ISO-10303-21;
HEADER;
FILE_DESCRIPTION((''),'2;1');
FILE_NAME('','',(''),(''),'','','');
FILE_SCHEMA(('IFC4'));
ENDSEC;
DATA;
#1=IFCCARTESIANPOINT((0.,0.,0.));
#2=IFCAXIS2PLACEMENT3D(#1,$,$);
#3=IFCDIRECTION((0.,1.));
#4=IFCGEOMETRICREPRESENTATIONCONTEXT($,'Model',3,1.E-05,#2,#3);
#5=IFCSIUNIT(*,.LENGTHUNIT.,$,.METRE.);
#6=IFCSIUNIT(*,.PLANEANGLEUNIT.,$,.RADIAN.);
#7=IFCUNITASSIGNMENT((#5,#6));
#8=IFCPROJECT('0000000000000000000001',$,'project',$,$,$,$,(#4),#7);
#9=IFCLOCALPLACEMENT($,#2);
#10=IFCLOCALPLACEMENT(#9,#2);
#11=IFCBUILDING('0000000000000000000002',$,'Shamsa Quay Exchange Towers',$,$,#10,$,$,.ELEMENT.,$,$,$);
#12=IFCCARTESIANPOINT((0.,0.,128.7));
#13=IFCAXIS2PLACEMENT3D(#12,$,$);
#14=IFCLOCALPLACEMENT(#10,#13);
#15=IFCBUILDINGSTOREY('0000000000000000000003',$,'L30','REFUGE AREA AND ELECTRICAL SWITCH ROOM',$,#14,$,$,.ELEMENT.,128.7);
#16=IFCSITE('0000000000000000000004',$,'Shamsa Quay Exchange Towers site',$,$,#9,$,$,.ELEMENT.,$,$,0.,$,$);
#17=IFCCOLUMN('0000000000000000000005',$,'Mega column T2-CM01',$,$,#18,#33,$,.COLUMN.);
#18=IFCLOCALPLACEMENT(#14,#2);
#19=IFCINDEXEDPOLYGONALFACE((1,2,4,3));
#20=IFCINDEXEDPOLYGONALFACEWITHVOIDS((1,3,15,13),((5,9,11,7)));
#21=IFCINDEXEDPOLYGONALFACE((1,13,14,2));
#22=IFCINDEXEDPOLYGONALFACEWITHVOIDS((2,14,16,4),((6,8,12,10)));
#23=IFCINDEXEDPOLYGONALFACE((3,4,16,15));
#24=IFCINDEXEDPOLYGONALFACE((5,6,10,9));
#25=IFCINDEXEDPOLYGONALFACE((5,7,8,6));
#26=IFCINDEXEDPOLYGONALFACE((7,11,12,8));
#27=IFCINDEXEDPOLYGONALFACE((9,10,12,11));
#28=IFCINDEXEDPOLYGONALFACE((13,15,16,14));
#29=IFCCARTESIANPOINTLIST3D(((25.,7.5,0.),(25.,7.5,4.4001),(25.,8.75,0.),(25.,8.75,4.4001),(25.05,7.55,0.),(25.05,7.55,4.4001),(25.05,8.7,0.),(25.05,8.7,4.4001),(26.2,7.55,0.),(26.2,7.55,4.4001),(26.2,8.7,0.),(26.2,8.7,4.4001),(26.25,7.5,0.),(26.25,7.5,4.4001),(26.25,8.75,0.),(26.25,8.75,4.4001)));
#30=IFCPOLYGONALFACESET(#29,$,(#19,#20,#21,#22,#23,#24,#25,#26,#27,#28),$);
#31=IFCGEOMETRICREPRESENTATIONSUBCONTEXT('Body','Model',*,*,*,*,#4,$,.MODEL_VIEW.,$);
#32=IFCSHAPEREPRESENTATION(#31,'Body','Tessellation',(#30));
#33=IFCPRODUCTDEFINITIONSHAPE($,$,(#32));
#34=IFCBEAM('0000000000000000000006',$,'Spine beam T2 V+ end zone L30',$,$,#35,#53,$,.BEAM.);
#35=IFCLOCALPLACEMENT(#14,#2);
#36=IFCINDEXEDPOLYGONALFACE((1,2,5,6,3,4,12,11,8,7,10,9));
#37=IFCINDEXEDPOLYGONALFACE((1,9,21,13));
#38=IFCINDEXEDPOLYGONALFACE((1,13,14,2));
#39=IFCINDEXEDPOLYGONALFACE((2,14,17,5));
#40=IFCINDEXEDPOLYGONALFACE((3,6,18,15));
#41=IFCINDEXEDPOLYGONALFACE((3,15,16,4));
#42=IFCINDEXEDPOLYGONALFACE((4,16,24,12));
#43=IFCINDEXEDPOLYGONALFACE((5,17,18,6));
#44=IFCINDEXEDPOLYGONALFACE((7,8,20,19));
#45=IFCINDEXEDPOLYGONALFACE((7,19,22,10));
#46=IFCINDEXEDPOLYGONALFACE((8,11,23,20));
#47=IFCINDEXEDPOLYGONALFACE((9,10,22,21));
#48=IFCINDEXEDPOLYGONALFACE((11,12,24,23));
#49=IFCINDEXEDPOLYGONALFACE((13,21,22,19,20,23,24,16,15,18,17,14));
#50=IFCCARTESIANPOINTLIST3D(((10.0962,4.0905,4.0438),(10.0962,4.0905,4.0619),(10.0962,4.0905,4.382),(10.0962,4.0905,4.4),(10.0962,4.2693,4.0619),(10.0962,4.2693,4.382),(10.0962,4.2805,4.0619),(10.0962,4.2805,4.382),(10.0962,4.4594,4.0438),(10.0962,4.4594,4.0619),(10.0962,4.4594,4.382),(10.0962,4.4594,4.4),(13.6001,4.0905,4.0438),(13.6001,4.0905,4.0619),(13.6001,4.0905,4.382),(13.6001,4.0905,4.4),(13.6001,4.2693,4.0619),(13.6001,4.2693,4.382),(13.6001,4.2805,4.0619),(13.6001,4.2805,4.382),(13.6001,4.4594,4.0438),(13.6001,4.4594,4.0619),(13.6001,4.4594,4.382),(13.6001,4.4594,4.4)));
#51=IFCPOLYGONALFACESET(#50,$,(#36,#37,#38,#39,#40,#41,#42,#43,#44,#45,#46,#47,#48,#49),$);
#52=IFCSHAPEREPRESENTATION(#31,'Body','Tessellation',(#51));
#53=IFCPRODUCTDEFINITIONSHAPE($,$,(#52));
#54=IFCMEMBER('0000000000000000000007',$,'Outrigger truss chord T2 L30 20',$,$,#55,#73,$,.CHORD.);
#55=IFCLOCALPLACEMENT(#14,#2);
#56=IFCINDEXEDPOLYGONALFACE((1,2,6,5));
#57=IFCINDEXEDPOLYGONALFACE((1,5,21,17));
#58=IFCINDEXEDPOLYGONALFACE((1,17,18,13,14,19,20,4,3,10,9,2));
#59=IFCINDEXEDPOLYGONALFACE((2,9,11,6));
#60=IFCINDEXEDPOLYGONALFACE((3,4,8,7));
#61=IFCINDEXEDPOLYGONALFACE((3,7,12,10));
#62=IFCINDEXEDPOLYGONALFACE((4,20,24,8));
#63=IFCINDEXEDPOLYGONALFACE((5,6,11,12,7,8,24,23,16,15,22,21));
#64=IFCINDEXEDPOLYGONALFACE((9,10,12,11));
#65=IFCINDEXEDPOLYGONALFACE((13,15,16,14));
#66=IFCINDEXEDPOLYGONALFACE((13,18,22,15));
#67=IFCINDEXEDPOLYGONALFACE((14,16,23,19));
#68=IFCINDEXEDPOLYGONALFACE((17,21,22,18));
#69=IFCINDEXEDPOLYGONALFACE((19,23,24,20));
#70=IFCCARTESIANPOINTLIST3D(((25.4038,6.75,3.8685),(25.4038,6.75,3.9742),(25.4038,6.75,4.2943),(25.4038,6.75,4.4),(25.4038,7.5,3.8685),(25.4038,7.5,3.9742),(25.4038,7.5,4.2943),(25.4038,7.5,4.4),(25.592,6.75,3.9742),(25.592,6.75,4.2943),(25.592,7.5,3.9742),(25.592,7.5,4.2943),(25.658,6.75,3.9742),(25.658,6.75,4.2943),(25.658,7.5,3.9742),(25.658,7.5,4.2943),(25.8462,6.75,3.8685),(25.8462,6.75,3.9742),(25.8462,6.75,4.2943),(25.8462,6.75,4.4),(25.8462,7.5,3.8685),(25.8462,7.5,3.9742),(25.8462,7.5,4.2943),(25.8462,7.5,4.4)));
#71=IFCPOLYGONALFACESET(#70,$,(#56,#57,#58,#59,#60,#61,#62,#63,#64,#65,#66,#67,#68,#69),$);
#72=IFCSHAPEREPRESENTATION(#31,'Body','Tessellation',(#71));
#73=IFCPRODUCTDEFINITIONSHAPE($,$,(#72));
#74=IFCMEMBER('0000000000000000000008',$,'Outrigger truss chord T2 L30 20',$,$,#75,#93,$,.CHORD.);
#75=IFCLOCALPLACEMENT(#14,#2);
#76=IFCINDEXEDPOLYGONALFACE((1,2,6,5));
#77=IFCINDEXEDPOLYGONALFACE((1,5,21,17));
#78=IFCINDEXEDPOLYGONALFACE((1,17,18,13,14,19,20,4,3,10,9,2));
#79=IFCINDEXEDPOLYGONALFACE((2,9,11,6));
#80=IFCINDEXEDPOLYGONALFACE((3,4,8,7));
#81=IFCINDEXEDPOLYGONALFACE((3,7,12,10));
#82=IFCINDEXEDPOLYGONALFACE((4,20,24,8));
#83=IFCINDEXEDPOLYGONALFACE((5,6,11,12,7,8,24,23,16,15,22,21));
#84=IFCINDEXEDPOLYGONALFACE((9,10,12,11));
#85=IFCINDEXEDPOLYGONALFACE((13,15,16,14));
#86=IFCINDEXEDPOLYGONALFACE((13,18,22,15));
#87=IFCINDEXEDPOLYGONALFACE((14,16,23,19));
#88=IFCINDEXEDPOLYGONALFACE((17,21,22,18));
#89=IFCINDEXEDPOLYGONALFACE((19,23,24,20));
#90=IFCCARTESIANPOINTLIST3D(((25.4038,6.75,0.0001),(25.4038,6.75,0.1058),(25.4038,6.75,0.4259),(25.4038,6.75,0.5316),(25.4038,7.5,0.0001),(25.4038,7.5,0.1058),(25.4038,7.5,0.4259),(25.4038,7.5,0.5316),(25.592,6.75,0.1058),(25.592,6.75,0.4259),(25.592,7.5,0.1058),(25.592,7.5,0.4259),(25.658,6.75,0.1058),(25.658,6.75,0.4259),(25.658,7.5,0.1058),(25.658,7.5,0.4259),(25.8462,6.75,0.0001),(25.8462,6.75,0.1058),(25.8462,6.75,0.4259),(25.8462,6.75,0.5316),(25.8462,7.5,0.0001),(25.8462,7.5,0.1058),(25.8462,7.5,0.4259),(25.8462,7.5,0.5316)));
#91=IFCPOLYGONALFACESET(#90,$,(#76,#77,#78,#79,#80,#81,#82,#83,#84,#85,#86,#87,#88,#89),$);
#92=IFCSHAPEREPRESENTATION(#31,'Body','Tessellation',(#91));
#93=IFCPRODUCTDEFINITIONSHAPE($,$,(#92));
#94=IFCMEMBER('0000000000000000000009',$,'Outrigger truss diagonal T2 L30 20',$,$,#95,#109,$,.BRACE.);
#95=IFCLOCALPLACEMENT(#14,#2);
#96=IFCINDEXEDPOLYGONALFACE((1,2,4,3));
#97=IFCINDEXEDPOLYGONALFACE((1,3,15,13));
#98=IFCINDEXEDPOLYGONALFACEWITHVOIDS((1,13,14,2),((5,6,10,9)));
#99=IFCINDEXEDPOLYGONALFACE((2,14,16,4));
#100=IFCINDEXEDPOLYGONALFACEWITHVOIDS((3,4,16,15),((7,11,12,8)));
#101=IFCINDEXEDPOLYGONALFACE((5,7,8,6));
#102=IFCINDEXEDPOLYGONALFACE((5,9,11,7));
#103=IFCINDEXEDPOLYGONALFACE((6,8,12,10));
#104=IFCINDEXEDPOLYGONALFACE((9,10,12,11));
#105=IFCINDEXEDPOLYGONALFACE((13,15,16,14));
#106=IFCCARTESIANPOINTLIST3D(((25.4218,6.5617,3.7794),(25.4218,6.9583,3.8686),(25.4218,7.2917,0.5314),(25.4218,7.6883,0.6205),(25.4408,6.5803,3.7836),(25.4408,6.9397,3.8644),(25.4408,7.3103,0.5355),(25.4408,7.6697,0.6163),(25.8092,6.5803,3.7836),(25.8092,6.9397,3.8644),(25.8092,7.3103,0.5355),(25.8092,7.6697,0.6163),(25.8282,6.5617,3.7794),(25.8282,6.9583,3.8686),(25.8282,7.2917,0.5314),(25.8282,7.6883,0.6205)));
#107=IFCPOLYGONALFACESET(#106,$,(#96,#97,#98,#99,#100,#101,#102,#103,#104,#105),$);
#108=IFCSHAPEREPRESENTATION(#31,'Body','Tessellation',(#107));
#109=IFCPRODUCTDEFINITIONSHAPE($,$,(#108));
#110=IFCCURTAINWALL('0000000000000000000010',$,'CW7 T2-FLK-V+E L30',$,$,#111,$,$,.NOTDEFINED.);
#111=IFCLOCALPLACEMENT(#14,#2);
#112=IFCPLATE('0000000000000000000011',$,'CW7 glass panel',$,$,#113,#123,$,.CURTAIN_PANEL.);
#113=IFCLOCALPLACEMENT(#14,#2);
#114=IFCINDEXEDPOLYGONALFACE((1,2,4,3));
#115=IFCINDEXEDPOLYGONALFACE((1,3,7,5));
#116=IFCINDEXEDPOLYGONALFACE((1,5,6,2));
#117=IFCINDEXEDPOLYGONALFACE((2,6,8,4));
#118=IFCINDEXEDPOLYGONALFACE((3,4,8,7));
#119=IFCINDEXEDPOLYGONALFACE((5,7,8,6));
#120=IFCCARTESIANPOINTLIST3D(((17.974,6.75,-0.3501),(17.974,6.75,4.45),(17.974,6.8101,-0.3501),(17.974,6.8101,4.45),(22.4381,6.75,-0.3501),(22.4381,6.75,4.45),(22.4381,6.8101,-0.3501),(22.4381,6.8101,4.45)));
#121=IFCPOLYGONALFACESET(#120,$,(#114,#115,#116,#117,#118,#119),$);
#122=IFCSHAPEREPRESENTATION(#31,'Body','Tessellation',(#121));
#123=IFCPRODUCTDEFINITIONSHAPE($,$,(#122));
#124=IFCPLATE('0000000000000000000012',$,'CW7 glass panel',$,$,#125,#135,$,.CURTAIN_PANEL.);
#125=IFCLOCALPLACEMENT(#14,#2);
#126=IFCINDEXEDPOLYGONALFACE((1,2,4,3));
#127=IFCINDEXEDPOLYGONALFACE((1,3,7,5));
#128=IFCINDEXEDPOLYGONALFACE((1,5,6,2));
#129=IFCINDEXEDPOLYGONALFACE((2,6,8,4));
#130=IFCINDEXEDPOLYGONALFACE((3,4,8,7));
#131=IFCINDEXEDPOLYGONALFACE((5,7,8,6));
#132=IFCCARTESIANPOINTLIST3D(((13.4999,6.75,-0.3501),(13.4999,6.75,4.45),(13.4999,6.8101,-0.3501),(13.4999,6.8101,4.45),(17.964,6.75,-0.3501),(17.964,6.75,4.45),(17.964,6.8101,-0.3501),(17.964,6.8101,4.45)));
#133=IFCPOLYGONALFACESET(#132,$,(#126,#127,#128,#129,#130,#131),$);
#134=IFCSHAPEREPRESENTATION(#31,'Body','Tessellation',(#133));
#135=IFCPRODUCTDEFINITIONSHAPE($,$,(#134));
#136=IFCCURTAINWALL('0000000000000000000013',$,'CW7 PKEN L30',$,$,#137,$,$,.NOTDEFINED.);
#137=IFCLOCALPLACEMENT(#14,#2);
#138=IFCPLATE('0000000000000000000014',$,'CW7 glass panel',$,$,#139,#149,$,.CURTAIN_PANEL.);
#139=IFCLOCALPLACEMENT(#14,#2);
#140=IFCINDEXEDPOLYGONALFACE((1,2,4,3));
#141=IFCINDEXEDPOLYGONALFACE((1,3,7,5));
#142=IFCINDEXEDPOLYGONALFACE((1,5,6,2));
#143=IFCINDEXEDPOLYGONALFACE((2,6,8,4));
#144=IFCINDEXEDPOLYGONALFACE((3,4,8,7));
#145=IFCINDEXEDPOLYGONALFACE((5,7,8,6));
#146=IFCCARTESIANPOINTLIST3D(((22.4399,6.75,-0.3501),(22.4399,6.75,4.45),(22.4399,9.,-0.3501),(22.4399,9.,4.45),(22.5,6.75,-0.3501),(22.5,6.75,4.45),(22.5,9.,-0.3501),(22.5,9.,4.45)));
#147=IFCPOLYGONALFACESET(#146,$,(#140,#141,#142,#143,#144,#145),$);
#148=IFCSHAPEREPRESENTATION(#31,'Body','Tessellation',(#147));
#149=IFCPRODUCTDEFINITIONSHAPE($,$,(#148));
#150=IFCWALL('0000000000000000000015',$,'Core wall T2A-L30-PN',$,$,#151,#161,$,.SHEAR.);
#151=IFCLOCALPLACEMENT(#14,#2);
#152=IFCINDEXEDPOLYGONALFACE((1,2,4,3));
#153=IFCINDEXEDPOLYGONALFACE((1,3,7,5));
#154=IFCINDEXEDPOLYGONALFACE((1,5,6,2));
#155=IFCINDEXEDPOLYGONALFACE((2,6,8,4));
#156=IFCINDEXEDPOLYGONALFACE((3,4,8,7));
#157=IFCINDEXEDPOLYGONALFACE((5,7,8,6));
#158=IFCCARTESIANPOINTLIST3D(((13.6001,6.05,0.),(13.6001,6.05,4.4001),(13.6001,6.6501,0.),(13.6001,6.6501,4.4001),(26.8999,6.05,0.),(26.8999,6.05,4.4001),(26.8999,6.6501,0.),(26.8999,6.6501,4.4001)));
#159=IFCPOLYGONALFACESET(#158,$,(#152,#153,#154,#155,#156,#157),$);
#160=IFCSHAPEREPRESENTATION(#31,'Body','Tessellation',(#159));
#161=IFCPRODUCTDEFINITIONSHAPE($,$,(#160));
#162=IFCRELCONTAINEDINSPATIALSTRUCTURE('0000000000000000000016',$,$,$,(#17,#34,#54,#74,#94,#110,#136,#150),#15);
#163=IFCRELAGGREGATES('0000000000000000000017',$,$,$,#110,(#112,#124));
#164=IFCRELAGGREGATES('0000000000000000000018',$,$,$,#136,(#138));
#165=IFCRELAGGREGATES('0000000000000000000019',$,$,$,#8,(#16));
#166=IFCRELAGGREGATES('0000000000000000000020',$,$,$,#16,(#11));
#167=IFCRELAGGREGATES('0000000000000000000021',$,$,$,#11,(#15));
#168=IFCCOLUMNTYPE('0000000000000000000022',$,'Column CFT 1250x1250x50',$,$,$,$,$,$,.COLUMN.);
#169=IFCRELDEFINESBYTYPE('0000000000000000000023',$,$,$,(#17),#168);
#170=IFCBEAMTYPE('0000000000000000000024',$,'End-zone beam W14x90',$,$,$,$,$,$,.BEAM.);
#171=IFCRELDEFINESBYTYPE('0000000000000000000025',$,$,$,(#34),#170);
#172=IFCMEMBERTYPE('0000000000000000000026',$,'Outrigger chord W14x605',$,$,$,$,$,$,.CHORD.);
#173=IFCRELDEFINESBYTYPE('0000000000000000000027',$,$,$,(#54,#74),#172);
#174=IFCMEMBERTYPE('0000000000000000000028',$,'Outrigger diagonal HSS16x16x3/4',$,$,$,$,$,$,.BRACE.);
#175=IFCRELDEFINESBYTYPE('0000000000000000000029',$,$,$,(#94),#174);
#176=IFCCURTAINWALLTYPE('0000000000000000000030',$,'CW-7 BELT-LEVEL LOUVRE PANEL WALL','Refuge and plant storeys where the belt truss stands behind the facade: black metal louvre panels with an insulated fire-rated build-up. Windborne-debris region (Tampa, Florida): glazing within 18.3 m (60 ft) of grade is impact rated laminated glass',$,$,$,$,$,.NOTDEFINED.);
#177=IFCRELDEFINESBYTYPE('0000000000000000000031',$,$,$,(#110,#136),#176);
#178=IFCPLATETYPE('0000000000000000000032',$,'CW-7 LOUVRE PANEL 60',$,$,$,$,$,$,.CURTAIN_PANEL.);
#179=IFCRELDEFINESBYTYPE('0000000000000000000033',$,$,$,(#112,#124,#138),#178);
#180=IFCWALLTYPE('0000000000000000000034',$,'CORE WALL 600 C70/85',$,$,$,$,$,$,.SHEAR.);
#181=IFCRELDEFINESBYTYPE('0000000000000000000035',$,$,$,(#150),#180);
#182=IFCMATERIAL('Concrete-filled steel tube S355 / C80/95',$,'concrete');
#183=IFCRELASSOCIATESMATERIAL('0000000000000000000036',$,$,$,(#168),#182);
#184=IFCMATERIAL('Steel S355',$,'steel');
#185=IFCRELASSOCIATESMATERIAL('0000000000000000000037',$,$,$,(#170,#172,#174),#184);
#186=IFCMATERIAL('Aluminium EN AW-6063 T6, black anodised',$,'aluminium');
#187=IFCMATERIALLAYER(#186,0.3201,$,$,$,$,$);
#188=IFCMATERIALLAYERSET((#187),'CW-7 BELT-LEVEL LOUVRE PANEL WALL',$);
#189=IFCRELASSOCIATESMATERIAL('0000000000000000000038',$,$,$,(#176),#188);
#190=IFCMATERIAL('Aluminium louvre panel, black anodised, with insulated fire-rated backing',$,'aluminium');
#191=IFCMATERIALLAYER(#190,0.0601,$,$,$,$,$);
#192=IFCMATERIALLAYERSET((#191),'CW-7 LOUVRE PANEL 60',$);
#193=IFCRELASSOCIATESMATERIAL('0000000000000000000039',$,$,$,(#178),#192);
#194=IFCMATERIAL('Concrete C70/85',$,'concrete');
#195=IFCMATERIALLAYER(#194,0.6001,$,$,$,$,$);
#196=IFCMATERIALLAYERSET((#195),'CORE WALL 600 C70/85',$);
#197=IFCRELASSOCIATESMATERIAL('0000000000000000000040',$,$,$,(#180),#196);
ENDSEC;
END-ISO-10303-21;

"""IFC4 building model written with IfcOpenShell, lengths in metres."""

from ifc_helpers import new_model, si_unit, direction, frame, frame_2d, origin, origin_2d, place, context, subcontext, project, spatial, rectangle, hollow_rectangle, i_section, extrude, material, layer, layer_set, material_profile, profile_set, type_object, element, aggregate, save


model = new_model("IFC4")

# Units and contexts
model_context = context("Model", 3, precision=1e-05, world=origin(), true_north=direction((0.0, 1.0)))
body_context = subcontext(model_context, "Body", "Model", "MODEL_VIEW")
ifc_project = project(units=[si_unit("LENGTHUNIT", "METRE"), si_unit("PLANEANGLEUNIT", "RADIAN")], contexts=[model_context])

# Site, building, storey
site_placement = place(None, origin())
site = spatial("IfcSite", under=ifc_project, at=site_placement, Name="Shamsa Quay Exchange Towers site", CompositionType="ELEMENT", RefElevation=0.0)
building_placement = place(site_placement, origin())
building = spatial("IfcBuilding", under=site, at=building_placement, Name="Shamsa Quay Exchange Towers", CompositionType="ELEMENT")
storey_placement = place(building_placement, frame((0.0, 0.0, 128.7)))
storey = spatial("IfcBuildingStorey", under=building, at=storey_placement, Name="L30", Description="REFUGE AREA AND ELECTRICAL SWITCH ROOM", CompositionType="ELEMENT", Elevation=128.7)

# Column
ifc_material_1 = material(Name="Concrete-filled steel tube S355 / C80/95", Category="concrete")
ifc_material_profile_1 = material_profile(ifc_material_1, hollow_rectangle(XDim=1.25, YDim=1.25, WallThickness=0.05, at=origin_2d()), Name="CFT 1250x1250x50")
ifc_profile_set_1 = profile_set([ifc_material_profile_1], Name="Concrete-filled steel tube S355 / C80/95")
column_type = type_object("IfcColumnType", Name="Column CFT 1250x1250x50", PredefinedType="COLUMN", material=ifc_profile_set_1)
column_placement = place(storey_placement, frame((25.625, 8.125, 0.0)))
element("IfcColumn", 1, at=column_placement, inside=storey, type_object=column_type, Name="Mega column T2-CM01", PredefinedType="COLUMN", context=body_context, shape_type="SweptSolid", body=[
    extrude(hollow_rectangle(XDim=1.25, YDim=1.25, WallThickness=0.05, at=origin_2d()), origin(), (0.0, 0.0, 1.0), 4.4001),
])

# Beam
ifc_material_2 = material(Name="Steel S355", Category="steel")
ifc_material_profile_2 = material_profile(ifc_material_2, i_section(OverallWidth=0.3689, OverallDepth=0.3562, WebThickness=0.0112, FlangeThickness=0.0181, at=origin_2d()), Name="W14x90")
ifc_profile_set_2 = profile_set([ifc_material_profile_2], Name="Steel S355")
beam_type = type_object("IfcBeamType", Name="End-zone beam W14x90", PredefinedType="BEAM", material=ifc_profile_set_2)
beam_placement = place(storey_placement, frame((13.6001, 4.2749, 4.2219), z_axis=(-1.0, 0.0, 0.0), x_axis=(0.0, -1.0, 0.0)))
element("IfcBeam", 2, at=beam_placement, inside=storey, type_object=beam_type, Name="Spine beam T2 V+ end zone L30", PredefinedType="BEAM", context=body_context, shape_type="SweptSolid", body=[
    extrude(i_section(OverallWidth=0.3689, OverallDepth=0.3562, WebThickness=0.0112, FlangeThickness=0.0181, at=origin_2d()), origin(), (0.0, 0.0, 1.0), 3.5039),
])

# Members
ifc_material_profile_3 = material_profile(ifc_material_2, i_section(OverallWidth=0.4424, OverallDepth=0.5315, WebThickness=0.0659, FlangeThickness=0.1057, at=origin_2d()), Name="W14x605")
ifc_profile_set_3 = profile_set([ifc_material_profile_3], Name="Steel S355")
member_type_1 = type_object("IfcMemberType", Name="Outrigger chord W14x605", PredefinedType="CHORD", material=ifc_profile_set_3)
for number, where, z_axis, x_axis, name in (
    (3, (25.625, 7.5, 4.1343), (0.0, -1.0, 0.0), (1.0, 0.0, 0.0), "Outrigger truss chord T2 L30 20"),
    (4, (25.625, 7.5, 0.2659), (0.0, -1.0, 0.0), (1.0, 0.0, 0.0), "Outrigger truss chord T2 L30 20"),
):
    element("IfcMember", number, at=place(storey_placement, frame(where, z_axis=z_axis, x_axis=x_axis)), inside=storey, type_object=member_type_1, Name=name, PredefinedType="CHORD", context=body_context, shape_type="SweptSolid", body=[
        extrude(i_section(OverallWidth=0.4424, OverallDepth=0.5315, WebThickness=0.0659, FlangeThickness=0.1057, at=origin_2d()), origin(), (0.0, 0.0, 1.0), 0.75),
    ])
ifc_material_profile_4 = material_profile(ifc_material_2, hollow_rectangle(XDim=0.4065, YDim=0.4065, WallThickness=0.019, at=origin_2d()), Name="HSS16x16x3/4")
ifc_profile_set_4 = profile_set([ifc_material_profile_4], Name="Steel S355")
member_type_2 = type_object("IfcMemberType", Name="Outrigger diagonal HSS16x16x3/4", PredefinedType="BRACE", material=ifc_profile_set_4)
member_placement = place(storey_placement, frame((25.625, 7.49, 0.5759), z_axis=(0.0, -0.219275, 0.975663), x_axis=(1.0, 0.0, 0.0)))
element("IfcMember", 5, at=member_placement, inside=storey, type_object=member_type_2, Name="Outrigger truss diagonal T2 L30 20", PredefinedType="BRACE", context=body_context, shape_type="SweptSolid", body=[
    extrude(hollow_rectangle(XDim=0.4065, YDim=0.4065, WallThickness=0.019, at=origin_2d()), origin(), (0.0, 0.0, 1.0), 3.3291),
])

# Curtain wall, plates
ifc_material_3 = material(Name="Aluminium EN AW-6063 T6, black anodised", Category="aluminium")
ifc_layer_1 = layer(ifc_material_3, 0.3201)
ifc_layer_set_1 = layer_set([ifc_layer_1], Name="CW-7 BELT-LEVEL LOUVRE PANEL WALL")
curtain_wall_type = type_object("IfcCurtainWallType", Name="CW-7 BELT-LEVEL LOUVRE PANEL WALL", Description="Refuge and plant storeys where the belt truss stands behind the facade: black metal louvre panels with an insulated fire-rated build-up. Windborne-debris region (Tampa, Florida): glazing within 18.3 m (60 ft) of grade is impact rated laminated glass", PredefinedType="NOTDEFINED", material=ifc_layer_set_1)
curtain_wall_1_placement = place(storey_placement, origin())
curtain_wall_1 = element("IfcCurtainWall", 6, at=curtain_wall_1_placement, inside=storey, type_object=curtain_wall_type, Name="CW7 T2-FLK-V+E L30", PredefinedType="NOTDEFINED")
ifc_material_4 = material(Name="Aluminium louvre panel, black anodised, with insulated fire-rated backing", Category="aluminium")
ifc_layer_2 = layer(ifc_material_4, 0.0601)
ifc_layer_set_2 = layer_set([ifc_layer_2], Name="CW-7 LOUVRE PANEL 60")
plate_type = type_object("IfcPlateType", Name="CW-7 LOUVRE PANEL 60", PredefinedType="CURTAIN_PANEL", material=ifc_layer_set_2)
plate_1_placement = place(storey_placement, frame((20.2061, 6.78, -0.3501), z_axis=(0.0, 0.0, 1.0), x_axis=(-1.0, 0.0, 0.0)))
plate_1 = element("IfcPlate", 7, at=plate_1_placement, type_object=plate_type, Name="CW7 glass panel", PredefinedType="CURTAIN_PANEL", context=body_context, shape_type="SweptSolid", body=[
    extrude(rectangle(XDim=4.4641, YDim=0.0601, at=origin_2d()), origin(), (0.0, 0.0, 1.0), 4.8),
])
plate_2_placement = place(storey_placement, frame((15.7319, 6.78, -0.3501), z_axis=(0.0, 0.0, 1.0), x_axis=(-1.0, 0.0, 0.0)))
plate_2 = element("IfcPlate", 8, at=plate_2_placement, type_object=plate_type, Name="CW7 glass panel", PredefinedType="CURTAIN_PANEL", context=body_context, shape_type="SweptSolid", body=[
    extrude(rectangle(XDim=4.4641, YDim=0.0601, at=origin_2d()), origin(), (0.0, 0.0, 1.0), 4.8),
])
aggregate(curtain_wall_1, [plate_1, plate_2])

# Curtain wall, plate
curtain_wall_2_placement = place(storey_placement, origin())
curtain_wall_2 = element("IfcCurtainWall", 9, at=curtain_wall_2_placement, inside=storey, type_object=curtain_wall_type, Name="CW7 PKEN L30", PredefinedType="NOTDEFINED")
plate_3_placement = place(storey_placement, frame((22.47, 7.875, -0.3501), z_axis=(0.0, 0.0, 1.0), x_axis=(0.0, -1.0, 0.0)))
plate_3 = element("IfcPlate", 10, at=plate_3_placement, type_object=plate_type, Name="CW7 glass panel", PredefinedType="CURTAIN_PANEL", context=body_context, shape_type="SweptSolid", body=[
    extrude(rectangle(XDim=2.25, YDim=0.0601, at=origin_2d()), origin(), (0.0, 0.0, 1.0), 4.8),
])
aggregate(curtain_wall_2, [plate_3])

# Wall
ifc_material_5 = material(Name="Concrete C70/85", Category="concrete")
ifc_layer_3 = layer(ifc_material_5, 0.6001)
ifc_layer_set_3 = layer_set([ifc_layer_3], Name="CORE WALL 600 C70/85")
wall_type_1 = type_object("IfcWallType", Name="CORE WALL 600 C70/85", PredefinedType="SHEAR", material=ifc_layer_set_3)
wall_1_placement = place(storey_placement, frame((13.6001, 6.3501, 0.0)))
element("IfcWall", 11, at=wall_1_placement, inside=storey, type_object=wall_type_1, Name="Core wall T2A-L30-PN", PredefinedType="SHEAR", context=body_context, shape_type="SweptSolid", body=[
    extrude(rectangle(XDim=13.2998, YDim=0.6001, at=frame_2d((6.6499, 0.0))), origin(), (0.0, 0.0, 1.0), 4.4001),
])

save(model, "model.ifc")
